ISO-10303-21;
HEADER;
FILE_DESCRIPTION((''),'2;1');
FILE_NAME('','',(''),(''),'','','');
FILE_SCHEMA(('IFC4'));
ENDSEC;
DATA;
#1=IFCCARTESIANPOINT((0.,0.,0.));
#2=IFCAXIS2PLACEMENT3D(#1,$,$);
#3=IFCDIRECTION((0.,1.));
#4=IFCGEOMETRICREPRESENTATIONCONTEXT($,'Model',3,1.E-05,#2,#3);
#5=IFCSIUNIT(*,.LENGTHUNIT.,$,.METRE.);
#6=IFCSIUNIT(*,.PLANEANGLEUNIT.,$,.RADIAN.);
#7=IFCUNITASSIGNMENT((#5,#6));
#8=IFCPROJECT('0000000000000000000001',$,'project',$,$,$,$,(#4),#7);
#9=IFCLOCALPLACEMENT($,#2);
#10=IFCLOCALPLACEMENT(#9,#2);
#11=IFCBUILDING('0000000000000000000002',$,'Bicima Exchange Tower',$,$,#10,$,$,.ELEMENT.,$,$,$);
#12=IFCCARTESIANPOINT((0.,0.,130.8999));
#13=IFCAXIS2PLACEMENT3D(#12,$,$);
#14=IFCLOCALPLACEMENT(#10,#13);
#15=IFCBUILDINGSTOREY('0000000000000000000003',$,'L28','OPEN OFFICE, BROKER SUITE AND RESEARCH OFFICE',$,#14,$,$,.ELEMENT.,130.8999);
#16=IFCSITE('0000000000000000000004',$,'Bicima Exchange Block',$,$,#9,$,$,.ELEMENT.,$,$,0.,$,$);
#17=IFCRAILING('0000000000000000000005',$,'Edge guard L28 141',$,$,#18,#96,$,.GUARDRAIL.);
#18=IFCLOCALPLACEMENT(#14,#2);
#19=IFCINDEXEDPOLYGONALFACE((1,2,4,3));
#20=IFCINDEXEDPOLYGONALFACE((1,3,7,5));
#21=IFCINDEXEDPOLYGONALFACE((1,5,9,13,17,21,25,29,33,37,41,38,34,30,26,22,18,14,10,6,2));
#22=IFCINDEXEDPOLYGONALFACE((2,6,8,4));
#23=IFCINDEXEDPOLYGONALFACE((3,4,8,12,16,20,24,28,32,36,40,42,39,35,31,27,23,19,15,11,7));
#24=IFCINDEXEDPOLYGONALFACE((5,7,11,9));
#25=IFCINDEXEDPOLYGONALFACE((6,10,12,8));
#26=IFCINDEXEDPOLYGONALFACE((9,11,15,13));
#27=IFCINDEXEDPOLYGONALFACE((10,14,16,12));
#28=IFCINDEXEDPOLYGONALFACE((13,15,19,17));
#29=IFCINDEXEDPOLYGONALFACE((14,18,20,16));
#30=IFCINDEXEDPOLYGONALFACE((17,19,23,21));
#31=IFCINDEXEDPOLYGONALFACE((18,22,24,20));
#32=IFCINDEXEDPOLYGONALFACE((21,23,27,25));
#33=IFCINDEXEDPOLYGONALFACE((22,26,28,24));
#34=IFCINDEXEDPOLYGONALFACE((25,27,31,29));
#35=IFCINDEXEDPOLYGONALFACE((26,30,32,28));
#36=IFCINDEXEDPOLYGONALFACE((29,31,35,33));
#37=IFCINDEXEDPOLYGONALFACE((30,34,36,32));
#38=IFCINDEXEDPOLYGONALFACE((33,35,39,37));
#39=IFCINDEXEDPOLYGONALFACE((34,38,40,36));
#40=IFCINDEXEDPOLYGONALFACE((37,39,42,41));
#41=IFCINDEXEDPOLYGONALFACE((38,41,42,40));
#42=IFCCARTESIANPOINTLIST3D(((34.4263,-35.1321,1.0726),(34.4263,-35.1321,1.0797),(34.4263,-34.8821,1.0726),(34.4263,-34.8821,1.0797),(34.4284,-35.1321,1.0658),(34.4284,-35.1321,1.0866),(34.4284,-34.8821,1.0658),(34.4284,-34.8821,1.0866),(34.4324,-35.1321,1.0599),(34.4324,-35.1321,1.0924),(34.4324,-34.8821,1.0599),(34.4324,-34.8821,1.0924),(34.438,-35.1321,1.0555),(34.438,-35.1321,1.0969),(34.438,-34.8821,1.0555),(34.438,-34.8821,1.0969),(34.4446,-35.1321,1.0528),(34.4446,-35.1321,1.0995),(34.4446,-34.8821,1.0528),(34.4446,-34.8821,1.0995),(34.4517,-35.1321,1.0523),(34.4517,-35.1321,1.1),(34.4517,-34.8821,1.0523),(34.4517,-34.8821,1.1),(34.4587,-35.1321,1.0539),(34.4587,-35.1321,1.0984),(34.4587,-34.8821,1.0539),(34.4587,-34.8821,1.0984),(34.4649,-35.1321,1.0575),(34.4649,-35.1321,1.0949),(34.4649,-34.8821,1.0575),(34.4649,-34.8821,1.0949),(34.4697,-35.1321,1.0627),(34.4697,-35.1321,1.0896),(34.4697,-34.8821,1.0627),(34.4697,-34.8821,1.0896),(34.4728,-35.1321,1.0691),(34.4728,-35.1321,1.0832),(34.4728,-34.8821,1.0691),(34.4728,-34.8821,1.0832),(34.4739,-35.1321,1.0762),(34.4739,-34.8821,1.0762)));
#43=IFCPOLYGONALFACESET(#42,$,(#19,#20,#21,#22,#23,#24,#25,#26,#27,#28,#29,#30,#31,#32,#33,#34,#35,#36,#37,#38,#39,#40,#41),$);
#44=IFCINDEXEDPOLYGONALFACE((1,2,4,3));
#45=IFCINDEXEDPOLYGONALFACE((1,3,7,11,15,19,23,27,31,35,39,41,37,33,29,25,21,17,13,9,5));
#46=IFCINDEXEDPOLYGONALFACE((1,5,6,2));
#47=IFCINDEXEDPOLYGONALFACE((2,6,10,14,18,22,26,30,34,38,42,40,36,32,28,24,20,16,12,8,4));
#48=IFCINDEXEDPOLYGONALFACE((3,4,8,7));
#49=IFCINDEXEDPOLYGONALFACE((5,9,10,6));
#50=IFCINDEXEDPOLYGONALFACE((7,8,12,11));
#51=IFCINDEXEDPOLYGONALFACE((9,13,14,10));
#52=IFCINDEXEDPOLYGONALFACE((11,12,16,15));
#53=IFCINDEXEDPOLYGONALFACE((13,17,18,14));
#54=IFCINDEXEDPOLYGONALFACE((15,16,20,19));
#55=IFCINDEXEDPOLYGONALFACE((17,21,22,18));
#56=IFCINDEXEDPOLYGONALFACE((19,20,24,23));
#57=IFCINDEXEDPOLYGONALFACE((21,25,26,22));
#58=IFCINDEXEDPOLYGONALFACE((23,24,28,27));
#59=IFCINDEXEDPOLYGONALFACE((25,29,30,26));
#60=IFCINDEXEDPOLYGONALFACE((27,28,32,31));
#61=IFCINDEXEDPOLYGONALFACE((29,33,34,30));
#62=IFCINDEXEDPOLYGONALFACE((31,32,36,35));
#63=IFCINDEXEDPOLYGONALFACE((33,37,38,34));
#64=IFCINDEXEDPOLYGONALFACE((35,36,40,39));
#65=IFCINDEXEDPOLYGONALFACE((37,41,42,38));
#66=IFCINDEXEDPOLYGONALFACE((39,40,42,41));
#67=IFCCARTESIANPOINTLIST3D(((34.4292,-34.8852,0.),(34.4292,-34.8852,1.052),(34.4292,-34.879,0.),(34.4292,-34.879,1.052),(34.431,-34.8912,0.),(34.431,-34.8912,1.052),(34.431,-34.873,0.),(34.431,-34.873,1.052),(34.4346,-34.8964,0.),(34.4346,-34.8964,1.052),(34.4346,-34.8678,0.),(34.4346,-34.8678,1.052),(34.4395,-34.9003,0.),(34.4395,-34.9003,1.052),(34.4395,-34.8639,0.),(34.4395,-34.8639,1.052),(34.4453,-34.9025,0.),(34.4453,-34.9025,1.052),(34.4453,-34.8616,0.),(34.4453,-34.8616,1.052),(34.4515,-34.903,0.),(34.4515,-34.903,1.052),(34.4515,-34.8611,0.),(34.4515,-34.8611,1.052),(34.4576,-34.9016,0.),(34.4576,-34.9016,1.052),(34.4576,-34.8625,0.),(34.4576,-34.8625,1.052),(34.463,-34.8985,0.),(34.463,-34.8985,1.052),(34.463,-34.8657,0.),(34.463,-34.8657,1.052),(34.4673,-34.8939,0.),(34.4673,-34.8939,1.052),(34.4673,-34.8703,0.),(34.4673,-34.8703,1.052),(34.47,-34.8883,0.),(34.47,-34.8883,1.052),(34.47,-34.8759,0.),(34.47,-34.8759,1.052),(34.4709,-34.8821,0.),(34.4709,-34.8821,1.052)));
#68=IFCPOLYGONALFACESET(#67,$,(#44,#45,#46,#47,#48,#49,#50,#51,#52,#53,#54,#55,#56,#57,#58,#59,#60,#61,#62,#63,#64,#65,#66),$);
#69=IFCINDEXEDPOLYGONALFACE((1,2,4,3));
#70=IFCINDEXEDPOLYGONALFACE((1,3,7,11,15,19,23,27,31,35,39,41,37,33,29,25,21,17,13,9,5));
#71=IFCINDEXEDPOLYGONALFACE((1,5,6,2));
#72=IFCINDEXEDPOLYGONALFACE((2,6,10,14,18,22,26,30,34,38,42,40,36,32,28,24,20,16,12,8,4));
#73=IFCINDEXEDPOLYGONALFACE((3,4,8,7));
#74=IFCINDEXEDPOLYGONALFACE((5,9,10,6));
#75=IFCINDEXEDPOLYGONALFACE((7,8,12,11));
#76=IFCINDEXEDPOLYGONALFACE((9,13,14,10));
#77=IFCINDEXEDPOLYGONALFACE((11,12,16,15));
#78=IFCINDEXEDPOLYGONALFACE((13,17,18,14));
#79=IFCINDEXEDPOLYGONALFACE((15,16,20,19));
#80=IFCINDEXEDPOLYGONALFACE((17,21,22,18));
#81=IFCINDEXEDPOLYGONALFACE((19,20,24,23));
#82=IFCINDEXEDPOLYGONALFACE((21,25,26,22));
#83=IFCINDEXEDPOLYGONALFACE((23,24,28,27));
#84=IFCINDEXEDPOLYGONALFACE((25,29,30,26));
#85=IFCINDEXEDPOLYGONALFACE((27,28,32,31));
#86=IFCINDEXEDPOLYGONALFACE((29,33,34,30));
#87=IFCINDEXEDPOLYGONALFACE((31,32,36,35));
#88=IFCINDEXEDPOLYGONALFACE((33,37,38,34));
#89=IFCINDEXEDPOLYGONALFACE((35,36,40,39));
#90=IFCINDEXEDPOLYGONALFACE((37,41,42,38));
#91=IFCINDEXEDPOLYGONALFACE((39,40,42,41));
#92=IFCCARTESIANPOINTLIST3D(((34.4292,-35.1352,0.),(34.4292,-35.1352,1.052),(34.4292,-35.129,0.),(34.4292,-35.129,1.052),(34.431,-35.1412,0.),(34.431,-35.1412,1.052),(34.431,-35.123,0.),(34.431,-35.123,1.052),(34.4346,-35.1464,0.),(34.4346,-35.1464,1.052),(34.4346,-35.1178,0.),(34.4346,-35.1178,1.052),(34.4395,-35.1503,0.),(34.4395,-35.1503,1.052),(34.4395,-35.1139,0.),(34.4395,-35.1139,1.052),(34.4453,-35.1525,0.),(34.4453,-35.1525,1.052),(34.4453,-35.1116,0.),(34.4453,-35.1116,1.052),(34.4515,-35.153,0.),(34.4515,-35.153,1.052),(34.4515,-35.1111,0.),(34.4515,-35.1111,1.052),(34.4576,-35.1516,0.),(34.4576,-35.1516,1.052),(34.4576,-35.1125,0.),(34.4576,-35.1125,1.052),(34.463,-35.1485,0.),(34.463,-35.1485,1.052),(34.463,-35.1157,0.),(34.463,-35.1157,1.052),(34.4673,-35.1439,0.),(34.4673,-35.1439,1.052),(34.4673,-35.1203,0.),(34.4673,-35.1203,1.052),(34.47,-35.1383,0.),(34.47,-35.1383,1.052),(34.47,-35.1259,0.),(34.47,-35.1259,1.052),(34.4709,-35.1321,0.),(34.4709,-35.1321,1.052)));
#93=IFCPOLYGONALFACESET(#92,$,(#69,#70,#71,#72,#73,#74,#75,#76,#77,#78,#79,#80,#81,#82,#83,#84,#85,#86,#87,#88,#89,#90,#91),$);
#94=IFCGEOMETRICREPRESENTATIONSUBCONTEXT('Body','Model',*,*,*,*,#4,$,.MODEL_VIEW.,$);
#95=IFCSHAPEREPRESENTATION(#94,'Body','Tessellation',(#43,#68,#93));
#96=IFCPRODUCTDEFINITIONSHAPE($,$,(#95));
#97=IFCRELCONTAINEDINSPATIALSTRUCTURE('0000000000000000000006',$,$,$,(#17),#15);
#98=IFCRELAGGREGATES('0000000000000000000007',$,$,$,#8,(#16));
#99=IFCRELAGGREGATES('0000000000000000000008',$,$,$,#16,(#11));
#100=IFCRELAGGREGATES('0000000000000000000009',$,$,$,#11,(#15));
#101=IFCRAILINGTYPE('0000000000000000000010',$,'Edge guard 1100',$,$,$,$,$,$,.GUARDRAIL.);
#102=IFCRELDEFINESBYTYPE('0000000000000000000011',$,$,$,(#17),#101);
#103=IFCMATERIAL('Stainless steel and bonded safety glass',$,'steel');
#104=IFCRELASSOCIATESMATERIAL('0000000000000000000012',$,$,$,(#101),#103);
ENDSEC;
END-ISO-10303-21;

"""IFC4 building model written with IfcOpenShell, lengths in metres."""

from ifc_helpers import new_model, si_unit, direction, frame, origin, origin_2d, place, context, subcontext, project, spatial, circle, extrude, material, type_object, element, save


model = new_model("IFC4")

# Units and contexts
model_context = context("Model", 3, precision=1e-05, world=origin(), true_north=direction((0.0, 1.0)))
body_context = subcontext(model_context, "Body", "Model", "MODEL_VIEW")
ifc_project = project(units=[si_unit("LENGTHUNIT", "METRE"), si_unit("PLANEANGLEUNIT", "RADIAN")], contexts=[model_context])

# Site, building, storey
site_placement = place(None, origin())
site = spatial("IfcSite", under=ifc_project, at=site_placement, Name="Bicima Exchange Block", CompositionType="ELEMENT", RefElevation=0.0)
building_placement = place(site_placement, origin())
building = spatial("IfcBuilding", under=site, at=building_placement, Name="Bicima Exchange Tower", CompositionType="ELEMENT")
storey_placement = place(building_placement, frame((0.0, 0.0, 130.8999)))
storey = spatial("IfcBuildingStorey", under=building, at=storey_placement, Name="L28", Description="OPEN OFFICE, BROKER SUITE AND RESEARCH OFFICE", CompositionType="ELEMENT", Elevation=130.8999)

# Railing
ifc_material_1 = material(Name="Stainless steel and bonded safety glass", Category="steel")
railing_type = type_object("IfcRailingType", Name="Edge guard 1100", PredefinedType="GUARDRAIL", material=ifc_material_1)
railing_1_placement = place(storey_placement, frame((34.45, -34.8821, 0.0)))
element("IfcRailing", 1, at=railing_1_placement, inside=storey, type_object=railing_type, Name="Edge guard L28 141", PredefinedType="GUARDRAIL", context=body_context, shape_type="SweptSolid", body=[
    extrude(circle(Radius=0.0239, at=origin_2d()), frame((0.0, 0.0, 1.0762), z_axis=(0.0, -1.0, 0.0), x_axis=(1.0, 0.0, 0.0)), (0.0, 0.0, 1.0), 0.25),
    extrude(circle(Radius=0.021, at=origin_2d()), origin(), (0.0, 0.0, 1.0), 1.052),
    extrude(circle(Radius=0.021, at=origin_2d()), frame((0.0, -0.25, 0.0)), (0.0, 0.0, 1.0), 1.052),
])

save(model, "model.ifc")
